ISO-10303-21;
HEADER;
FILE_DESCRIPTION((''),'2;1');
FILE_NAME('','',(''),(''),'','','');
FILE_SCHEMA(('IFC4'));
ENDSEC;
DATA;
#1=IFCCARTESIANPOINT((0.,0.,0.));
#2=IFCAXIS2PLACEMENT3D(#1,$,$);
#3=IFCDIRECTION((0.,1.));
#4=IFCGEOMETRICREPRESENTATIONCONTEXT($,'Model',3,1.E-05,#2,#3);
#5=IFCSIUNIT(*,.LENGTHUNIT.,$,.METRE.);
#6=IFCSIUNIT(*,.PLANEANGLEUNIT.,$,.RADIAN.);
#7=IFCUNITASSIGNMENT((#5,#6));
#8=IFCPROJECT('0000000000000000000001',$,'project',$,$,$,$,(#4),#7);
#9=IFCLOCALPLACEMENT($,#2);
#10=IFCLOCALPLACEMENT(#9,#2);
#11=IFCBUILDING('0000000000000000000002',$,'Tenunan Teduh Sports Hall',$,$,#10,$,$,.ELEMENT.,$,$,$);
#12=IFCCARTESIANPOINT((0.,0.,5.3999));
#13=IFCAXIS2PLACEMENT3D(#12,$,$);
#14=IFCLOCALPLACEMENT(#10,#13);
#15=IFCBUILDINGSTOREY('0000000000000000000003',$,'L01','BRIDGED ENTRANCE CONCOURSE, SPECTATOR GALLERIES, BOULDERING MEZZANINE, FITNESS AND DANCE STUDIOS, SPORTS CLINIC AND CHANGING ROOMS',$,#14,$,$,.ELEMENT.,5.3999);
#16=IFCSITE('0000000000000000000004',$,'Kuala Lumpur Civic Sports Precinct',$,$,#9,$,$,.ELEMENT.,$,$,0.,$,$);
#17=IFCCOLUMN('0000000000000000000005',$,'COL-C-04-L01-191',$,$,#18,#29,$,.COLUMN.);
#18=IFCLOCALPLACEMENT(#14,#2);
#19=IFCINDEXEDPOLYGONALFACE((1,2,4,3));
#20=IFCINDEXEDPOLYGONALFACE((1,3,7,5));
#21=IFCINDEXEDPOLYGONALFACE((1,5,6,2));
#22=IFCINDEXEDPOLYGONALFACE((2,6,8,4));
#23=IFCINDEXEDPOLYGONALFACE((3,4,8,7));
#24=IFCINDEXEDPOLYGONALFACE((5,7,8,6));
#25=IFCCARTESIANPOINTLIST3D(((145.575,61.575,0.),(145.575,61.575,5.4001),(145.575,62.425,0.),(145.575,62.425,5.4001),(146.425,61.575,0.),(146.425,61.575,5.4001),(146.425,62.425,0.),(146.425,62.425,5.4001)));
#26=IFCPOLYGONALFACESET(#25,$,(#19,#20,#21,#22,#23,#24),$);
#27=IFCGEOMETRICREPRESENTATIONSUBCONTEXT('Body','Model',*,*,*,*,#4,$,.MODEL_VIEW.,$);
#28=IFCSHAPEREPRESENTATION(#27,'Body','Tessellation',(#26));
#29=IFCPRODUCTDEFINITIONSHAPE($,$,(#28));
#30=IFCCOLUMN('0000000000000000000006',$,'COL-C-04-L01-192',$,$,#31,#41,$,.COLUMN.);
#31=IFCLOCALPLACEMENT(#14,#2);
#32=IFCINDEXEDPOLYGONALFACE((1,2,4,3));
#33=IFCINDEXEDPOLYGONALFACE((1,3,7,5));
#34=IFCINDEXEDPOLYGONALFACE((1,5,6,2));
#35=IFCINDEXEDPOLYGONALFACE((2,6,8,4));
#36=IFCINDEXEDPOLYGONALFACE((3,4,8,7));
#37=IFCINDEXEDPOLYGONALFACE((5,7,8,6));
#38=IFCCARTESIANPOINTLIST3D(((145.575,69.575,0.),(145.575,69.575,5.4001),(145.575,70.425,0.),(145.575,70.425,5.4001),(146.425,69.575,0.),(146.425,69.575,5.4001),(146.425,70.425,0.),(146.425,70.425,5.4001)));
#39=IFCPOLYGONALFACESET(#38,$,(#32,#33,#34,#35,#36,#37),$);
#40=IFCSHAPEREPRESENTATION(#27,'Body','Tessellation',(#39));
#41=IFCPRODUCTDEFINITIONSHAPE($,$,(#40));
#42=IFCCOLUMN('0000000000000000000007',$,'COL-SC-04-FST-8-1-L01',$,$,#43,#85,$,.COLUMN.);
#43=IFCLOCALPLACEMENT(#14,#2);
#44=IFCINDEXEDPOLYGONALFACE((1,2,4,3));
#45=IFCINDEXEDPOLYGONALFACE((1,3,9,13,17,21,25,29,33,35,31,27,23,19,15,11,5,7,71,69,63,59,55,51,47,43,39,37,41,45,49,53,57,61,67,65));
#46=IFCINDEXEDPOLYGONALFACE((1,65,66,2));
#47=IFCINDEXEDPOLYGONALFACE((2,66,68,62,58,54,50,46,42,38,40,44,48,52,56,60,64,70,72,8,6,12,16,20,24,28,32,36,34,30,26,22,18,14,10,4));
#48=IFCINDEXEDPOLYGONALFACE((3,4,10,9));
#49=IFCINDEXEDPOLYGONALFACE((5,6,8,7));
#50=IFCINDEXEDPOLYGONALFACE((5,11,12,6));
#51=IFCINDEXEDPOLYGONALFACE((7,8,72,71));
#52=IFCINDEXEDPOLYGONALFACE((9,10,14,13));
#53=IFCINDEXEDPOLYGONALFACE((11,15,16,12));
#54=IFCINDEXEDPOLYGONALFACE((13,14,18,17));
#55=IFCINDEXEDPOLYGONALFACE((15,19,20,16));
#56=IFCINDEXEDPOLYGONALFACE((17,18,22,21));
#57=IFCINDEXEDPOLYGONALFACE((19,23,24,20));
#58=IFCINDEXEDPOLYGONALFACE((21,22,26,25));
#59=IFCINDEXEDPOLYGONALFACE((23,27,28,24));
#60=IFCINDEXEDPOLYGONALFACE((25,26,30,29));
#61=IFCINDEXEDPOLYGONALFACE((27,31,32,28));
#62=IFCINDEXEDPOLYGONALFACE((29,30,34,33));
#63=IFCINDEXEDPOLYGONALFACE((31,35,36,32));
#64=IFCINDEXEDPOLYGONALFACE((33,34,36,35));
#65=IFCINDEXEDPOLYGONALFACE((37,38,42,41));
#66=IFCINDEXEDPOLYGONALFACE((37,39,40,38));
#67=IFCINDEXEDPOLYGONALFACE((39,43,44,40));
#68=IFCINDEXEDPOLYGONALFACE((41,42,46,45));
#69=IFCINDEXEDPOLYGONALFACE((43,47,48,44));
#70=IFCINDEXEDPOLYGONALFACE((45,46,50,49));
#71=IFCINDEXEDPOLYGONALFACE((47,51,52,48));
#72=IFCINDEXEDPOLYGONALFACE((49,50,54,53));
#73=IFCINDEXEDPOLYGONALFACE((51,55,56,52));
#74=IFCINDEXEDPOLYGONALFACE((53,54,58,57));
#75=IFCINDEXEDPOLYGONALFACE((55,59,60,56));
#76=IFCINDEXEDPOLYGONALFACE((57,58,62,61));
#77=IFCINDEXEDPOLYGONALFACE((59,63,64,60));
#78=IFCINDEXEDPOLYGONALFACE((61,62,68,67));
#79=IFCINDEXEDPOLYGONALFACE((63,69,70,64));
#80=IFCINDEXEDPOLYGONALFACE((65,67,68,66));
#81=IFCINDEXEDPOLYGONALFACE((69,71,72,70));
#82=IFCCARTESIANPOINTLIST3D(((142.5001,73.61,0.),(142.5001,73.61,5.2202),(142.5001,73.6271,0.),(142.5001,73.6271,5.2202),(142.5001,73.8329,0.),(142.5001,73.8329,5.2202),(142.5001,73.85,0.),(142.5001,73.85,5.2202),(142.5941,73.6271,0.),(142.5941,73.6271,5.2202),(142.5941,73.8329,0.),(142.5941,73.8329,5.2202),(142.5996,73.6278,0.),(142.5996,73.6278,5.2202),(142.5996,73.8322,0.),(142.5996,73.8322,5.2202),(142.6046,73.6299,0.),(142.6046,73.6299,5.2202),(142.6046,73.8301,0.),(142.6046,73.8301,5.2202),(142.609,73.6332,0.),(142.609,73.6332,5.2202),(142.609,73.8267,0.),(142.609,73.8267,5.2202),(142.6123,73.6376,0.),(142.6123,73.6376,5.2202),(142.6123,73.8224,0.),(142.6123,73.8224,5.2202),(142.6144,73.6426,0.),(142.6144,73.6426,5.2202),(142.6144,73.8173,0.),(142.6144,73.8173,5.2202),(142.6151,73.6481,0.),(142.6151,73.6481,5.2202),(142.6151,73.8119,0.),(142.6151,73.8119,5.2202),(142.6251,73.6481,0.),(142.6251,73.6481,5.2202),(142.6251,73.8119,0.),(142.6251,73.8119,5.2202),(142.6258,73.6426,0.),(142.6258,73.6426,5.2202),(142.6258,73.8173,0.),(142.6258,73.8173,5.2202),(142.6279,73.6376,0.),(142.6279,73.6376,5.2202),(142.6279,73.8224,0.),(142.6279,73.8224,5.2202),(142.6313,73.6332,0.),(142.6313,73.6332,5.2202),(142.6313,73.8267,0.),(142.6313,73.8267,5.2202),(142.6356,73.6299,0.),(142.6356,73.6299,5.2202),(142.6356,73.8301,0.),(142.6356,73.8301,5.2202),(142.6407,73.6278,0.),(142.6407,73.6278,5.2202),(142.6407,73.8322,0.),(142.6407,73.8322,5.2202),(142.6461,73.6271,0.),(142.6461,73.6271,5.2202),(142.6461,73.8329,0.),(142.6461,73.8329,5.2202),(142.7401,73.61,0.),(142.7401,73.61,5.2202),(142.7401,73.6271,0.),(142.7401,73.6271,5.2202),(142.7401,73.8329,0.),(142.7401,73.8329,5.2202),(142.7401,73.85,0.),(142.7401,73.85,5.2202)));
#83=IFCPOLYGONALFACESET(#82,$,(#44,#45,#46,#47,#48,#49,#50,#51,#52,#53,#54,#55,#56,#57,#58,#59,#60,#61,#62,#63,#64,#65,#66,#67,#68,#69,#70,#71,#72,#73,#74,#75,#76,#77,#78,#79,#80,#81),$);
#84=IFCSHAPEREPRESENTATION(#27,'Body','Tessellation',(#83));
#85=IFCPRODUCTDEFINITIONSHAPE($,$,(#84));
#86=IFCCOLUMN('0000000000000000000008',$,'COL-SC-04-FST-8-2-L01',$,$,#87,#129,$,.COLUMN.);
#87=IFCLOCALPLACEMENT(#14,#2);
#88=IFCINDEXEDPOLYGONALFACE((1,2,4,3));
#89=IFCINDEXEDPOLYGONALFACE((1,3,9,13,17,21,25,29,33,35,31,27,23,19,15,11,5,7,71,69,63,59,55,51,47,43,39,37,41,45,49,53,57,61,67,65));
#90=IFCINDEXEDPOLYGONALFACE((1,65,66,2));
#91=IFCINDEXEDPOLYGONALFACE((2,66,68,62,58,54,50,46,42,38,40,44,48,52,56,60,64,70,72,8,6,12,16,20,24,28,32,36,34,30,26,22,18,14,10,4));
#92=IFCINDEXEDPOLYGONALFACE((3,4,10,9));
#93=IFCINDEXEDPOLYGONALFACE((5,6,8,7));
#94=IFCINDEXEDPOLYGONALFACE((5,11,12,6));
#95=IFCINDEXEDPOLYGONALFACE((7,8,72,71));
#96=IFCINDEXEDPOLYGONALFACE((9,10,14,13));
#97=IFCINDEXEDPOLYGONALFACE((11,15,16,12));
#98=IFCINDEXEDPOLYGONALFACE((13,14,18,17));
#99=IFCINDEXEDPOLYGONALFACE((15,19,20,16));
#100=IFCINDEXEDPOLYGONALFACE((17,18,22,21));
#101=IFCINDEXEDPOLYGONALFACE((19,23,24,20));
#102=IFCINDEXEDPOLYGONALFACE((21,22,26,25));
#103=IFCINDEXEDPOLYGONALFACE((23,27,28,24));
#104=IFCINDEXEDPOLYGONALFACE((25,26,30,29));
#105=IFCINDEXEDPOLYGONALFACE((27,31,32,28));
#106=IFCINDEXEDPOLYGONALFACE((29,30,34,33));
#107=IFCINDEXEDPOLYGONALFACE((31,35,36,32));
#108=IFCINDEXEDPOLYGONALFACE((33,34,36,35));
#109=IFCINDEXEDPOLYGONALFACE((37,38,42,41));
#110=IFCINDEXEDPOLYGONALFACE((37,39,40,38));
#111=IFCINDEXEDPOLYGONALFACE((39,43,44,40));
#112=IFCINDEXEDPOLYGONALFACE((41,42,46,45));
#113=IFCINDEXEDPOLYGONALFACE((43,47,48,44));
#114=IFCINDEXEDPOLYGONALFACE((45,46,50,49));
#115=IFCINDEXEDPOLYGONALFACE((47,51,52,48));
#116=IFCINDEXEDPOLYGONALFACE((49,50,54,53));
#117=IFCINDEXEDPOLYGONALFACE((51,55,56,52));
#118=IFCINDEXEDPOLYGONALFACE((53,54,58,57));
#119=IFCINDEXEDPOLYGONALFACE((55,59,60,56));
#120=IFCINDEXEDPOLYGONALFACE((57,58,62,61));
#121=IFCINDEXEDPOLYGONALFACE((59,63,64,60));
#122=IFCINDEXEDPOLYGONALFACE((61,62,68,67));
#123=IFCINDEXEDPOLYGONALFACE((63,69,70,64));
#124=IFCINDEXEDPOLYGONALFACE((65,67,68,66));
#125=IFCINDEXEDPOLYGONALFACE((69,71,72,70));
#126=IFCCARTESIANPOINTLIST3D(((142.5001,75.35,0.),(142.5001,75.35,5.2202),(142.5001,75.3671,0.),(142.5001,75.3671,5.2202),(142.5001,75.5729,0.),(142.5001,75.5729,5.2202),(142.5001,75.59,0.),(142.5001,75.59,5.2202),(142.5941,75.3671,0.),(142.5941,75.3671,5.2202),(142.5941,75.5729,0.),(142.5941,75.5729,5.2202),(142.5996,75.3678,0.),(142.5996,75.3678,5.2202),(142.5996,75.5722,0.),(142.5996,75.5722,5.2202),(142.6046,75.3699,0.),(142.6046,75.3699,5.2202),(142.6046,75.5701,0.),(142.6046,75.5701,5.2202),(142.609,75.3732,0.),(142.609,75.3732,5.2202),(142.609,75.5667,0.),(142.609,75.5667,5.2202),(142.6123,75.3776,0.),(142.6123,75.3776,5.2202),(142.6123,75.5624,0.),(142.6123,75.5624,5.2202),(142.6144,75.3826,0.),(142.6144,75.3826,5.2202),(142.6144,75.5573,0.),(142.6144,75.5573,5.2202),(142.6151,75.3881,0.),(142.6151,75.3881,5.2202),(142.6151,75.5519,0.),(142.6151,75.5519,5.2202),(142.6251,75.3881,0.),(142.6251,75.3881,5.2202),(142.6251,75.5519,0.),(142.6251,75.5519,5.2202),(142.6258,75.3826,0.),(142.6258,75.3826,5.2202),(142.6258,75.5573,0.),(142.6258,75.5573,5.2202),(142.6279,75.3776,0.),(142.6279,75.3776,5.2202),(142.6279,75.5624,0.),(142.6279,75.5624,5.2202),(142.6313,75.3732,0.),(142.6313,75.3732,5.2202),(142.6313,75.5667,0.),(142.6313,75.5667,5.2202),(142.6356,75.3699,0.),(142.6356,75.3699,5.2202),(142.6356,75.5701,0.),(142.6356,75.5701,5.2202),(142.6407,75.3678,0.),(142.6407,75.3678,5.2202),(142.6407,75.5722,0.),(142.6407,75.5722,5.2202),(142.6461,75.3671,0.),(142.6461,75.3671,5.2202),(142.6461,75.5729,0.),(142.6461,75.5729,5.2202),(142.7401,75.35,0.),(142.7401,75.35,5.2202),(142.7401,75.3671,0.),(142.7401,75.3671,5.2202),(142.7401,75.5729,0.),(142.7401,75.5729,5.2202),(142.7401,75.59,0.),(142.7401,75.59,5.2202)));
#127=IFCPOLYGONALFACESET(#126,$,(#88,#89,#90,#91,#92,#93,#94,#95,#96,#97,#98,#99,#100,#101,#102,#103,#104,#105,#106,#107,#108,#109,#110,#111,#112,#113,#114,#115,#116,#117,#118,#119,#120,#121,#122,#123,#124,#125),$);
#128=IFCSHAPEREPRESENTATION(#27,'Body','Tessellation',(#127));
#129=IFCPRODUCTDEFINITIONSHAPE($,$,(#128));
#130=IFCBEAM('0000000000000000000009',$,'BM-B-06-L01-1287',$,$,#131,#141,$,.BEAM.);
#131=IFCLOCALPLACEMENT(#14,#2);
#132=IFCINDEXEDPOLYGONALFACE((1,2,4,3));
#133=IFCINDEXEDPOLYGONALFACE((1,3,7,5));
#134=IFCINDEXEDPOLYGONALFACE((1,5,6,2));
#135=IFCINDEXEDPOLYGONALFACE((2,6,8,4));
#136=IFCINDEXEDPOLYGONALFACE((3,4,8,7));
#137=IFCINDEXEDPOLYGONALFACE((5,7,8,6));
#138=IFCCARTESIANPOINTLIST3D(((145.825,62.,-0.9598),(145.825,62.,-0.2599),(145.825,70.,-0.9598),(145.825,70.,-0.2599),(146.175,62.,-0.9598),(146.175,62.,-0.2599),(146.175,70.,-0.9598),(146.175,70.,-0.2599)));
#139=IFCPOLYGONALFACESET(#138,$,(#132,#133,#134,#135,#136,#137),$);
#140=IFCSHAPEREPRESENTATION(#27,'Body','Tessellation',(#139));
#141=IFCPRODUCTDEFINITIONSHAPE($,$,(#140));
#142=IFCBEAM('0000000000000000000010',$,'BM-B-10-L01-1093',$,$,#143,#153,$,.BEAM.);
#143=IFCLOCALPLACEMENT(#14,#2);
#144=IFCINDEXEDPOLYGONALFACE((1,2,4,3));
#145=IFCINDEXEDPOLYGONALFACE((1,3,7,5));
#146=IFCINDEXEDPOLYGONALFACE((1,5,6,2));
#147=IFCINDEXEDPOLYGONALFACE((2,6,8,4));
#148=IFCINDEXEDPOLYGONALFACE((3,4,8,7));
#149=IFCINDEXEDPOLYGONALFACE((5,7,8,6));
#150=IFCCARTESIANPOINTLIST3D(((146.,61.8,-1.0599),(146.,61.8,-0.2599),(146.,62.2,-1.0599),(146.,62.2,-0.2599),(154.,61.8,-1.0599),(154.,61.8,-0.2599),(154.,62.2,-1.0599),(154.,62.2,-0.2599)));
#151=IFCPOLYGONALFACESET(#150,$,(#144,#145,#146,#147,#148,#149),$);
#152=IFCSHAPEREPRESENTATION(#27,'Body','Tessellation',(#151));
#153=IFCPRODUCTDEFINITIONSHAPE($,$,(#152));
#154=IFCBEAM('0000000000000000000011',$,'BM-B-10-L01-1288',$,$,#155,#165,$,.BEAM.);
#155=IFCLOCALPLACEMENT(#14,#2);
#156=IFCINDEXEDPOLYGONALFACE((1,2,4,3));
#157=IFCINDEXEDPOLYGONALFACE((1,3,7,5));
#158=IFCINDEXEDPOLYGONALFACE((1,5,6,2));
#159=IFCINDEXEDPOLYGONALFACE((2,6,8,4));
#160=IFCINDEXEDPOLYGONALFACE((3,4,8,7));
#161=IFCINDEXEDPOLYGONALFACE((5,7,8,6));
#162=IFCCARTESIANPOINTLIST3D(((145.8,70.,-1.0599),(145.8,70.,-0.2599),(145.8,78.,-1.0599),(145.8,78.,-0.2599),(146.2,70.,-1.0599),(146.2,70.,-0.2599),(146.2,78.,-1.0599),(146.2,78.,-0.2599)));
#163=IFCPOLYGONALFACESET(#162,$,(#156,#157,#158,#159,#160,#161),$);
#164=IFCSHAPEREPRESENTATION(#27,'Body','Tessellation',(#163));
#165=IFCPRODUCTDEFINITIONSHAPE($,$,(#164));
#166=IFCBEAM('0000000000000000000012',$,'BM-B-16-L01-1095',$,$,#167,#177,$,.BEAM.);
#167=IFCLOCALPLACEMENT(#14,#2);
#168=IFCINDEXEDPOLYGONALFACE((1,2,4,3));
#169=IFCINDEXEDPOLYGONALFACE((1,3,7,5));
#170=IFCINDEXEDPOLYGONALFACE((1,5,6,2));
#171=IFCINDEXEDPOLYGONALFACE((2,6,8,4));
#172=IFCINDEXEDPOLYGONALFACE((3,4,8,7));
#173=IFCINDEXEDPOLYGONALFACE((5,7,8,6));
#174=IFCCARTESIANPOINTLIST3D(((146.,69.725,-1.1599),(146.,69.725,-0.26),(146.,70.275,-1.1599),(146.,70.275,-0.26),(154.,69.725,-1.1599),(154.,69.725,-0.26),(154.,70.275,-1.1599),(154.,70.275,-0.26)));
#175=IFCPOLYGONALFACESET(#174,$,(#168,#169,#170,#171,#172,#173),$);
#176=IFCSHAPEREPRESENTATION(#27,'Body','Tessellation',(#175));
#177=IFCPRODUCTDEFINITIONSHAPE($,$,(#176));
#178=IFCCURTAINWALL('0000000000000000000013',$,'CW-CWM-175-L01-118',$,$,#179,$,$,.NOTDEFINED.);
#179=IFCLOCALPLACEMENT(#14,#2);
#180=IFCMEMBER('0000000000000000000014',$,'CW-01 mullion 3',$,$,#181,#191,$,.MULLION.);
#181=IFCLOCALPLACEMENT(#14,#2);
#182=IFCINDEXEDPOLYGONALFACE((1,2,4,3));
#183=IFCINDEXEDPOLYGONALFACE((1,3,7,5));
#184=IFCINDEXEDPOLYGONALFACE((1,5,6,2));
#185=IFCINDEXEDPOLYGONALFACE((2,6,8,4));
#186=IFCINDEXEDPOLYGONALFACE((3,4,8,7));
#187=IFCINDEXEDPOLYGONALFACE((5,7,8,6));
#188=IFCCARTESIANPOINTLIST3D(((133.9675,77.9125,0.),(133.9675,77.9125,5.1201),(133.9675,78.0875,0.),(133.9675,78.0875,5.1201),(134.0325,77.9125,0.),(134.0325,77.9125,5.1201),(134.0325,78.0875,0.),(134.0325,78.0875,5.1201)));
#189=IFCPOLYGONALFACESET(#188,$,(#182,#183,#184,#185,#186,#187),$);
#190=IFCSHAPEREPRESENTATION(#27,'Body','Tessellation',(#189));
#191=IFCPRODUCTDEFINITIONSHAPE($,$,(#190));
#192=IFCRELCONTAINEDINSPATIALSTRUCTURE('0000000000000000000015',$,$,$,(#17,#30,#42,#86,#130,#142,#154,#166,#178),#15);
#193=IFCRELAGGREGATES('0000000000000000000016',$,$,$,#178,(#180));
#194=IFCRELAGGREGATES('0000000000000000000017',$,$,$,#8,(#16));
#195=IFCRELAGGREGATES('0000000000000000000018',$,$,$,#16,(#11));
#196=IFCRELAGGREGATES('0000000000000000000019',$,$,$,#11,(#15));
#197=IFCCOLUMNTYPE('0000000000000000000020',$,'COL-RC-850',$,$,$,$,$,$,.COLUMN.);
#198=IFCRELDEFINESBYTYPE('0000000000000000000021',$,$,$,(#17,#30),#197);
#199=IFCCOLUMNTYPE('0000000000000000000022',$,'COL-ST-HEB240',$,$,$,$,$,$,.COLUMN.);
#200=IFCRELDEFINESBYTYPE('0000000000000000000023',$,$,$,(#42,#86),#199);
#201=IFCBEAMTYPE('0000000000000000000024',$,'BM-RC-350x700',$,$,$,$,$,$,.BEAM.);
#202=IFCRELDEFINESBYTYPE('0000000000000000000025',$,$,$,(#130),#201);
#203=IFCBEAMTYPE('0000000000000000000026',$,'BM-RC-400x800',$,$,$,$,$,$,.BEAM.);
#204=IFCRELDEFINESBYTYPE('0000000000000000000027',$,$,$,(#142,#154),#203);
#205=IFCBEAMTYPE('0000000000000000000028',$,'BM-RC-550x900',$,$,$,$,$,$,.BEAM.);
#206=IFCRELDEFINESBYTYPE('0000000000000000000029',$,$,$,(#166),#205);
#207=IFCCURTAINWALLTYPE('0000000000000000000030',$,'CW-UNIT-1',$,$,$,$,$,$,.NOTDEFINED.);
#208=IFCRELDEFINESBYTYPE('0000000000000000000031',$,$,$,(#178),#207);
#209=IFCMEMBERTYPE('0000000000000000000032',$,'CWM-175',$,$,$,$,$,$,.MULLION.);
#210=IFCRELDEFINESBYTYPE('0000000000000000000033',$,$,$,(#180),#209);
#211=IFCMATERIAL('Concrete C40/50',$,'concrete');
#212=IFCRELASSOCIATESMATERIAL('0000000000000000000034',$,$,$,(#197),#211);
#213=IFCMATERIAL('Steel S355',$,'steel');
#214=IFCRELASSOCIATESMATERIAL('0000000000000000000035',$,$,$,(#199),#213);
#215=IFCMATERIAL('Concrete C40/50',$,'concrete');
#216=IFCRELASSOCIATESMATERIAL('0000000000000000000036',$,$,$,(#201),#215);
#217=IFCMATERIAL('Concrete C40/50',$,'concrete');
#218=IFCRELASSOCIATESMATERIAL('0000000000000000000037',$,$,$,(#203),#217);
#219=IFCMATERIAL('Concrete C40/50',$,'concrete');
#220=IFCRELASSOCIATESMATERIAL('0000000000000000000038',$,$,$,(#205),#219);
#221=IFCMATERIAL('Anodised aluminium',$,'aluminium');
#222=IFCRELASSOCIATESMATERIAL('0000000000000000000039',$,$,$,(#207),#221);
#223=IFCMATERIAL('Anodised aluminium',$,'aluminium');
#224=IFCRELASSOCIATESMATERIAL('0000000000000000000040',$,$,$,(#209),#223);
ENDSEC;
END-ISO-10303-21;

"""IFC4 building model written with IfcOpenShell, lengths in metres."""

from ifc_helpers import new_model, si_unit, direction, frame, origin, origin_2d, place, context, subcontext, project, spatial, rectangle, i_section, extrude, material, material_profile, profile_set, type_object, element, aggregate, save


model = new_model("IFC4")

# Units and contexts
model_context = context("Model", 3, precision=1e-05, world=origin(), true_north=direction((0.0, 1.0)))
body_context = subcontext(model_context, "Body", "Model", "MODEL_VIEW")
ifc_project = project(units=[si_unit("LENGTHUNIT", "METRE"), si_unit("PLANEANGLEUNIT", "RADIAN")], contexts=[model_context])

# Site, building, storey
site_placement = place(None, origin())
site = spatial("IfcSite", under=ifc_project, at=site_placement, Name="Kuala Lumpur Civic Sports Precinct", CompositionType="ELEMENT", RefElevation=0.0)
building_placement = place(site_placement, origin())
building = spatial("IfcBuilding", under=site, at=building_placement, Name="Tenunan Teduh Sports Hall", CompositionType="ELEMENT")
storey_placement = place(building_placement, frame((0.0, 0.0, 5.3999)))
storey = spatial("IfcBuildingStorey", under=building, at=storey_placement, Name="L01", Description="BRIDGED ENTRANCE CONCOURSE, SPECTATOR GALLERIES, BOULDERING MEZZANINE, FITNESS AND DANCE STUDIOS, SPORTS CLINIC AND CHANGING ROOMS", CompositionType="ELEMENT", Elevation=5.3999)

# Columns
ifc_material_1 = material(Name="Concrete C40/50", Category="concrete")
ifc_material_profile_1 = material_profile(ifc_material_1, rectangle(XDim=0.8501, YDim=0.8501, at=origin_2d()), Name="RC 850x850")
ifc_profile_set_1 = profile_set([ifc_material_profile_1], Name="Concrete C40/50")
column_type_1 = type_object("IfcColumnType", Name="COL-RC-850", PredefinedType="COLUMN", material=ifc_profile_set_1)
for number, where, z_axis, x_axis, name in (
    (1, (146.0, 62.0, 0.0), (0.0, 0.0, 1.0), (1.0, 0.0, 0.0), "COL-C-04-L01-191"),
    (2, (146.0, 70.0, 0.0), (0.0, 0.0, 1.0), (1.0, 0.0, 0.0), "COL-C-04-L01-192"),
):
    element("IfcColumn", number, at=place(storey_placement, frame(where, z_axis=z_axis, x_axis=x_axis)), inside=storey, type_object=column_type_1, Name=name, PredefinedType="COLUMN", context=body_context, shape_type="SweptSolid", body=[
        extrude(rectangle(XDim=0.8501, YDim=0.8501, at=origin_2d()), origin(), (0.0, 0.0, 1.0), 5.4001),
    ])
ifc_material_2 = material(Name="Steel S355", Category="steel")
ifc_material_profile_2 = material_profile(ifc_material_2, i_section(OverallWidth=0.24, OverallDepth=0.24, WebThickness=0.01, FlangeThickness=0.0171, FilletRadius=0.021, at=origin_2d()), Name="HEB 240")
ifc_profile_set_2 = profile_set([ifc_material_profile_2], Name="Steel S355")
column_type_2 = type_object("IfcColumnType", Name="COL-ST-HEB240", PredefinedType="COLUMN", material=ifc_profile_set_2)
for number, where, z_axis, x_axis, name in (
    (3, (142.6201, 73.73, 0.0), (0.0, 0.0, 1.0), (1.0, 0.0, 0.0), "COL-SC-04-FST-8-1-L01"),
    (4, (142.6201, 75.47, 0.0), (0.0, 0.0, 1.0), (1.0, 0.0, 0.0), "COL-SC-04-FST-8-2-L01"),
):
    element("IfcColumn", number, at=place(storey_placement, frame(where, z_axis=z_axis, x_axis=x_axis)), inside=storey, type_object=column_type_2, Name=name, PredefinedType="COLUMN", context=body_context, shape_type="SweptSolid", body=[
        extrude(i_section(OverallWidth=0.24, OverallDepth=0.24, WebThickness=0.01, FlangeThickness=0.0171, FilletRadius=0.021, at=origin_2d()), origin(), (0.0, 0.0, 1.0), 5.2202),
    ])

# Beams
ifc_material_3 = material(Name="Concrete C40/50", Category="concrete")
ifc_material_profile_3 = material_profile(ifc_material_3, rectangle(XDim=0.3501, YDim=0.7, at=origin_2d()), Name="RCB 350x700")
ifc_profile_set_3 = profile_set([ifc_material_profile_3], Name="Concrete C40/50")
beam_type_1 = type_object("IfcBeamType", Name="BM-RC-350x700", PredefinedType="BEAM", material=ifc_profile_set_3)
beam_1_placement = place(storey_placement, frame((146.0, 62.0, -0.6099), z_axis=(0.0, 1.0, 0.0), x_axis=(-1.0, 0.0, 0.0)))
element("IfcBeam", 5, at=beam_1_placement, inside=storey, type_object=beam_type_1, Name="BM-B-06-L01-1287", PredefinedType="BEAM", context=body_context, shape_type="SweptSolid", body=[
    extrude(rectangle(XDim=0.3501, YDim=0.7, at=origin_2d()), origin(), (0.0, 0.0, 1.0), 8.0),
])
ifc_material_4 = material(Name="Concrete C40/50", Category="concrete")
ifc_material_profile_4 = material_profile(ifc_material_4, rectangle(XDim=0.3999, YDim=0.8, at=origin_2d()), Name="RCB 400x800")
ifc_profile_set_4 = profile_set([ifc_material_profile_4], Name="Concrete C40/50")
beam_type_2 = type_object("IfcBeamType", Name="BM-RC-400x800", PredefinedType="BEAM", material=ifc_profile_set_4)
for number, where, z_axis, x_axis, name in (
    (6, (146.0, 62.0, -0.6599), (1.0, 0.0, 0.0), (0.0, 1.0, 0.0), "BM-B-10-L01-1093"),
    (7, (146.0, 70.0, -0.6599), (0.0, 1.0, 0.0), (-1.0, 0.0, 0.0), "BM-B-10-L01-1288"),
):
    element("IfcBeam", number, at=place(storey_placement, frame(where, z_axis=z_axis, x_axis=x_axis)), inside=storey, type_object=beam_type_2, Name=name, PredefinedType="BEAM", context=body_context, shape_type="SweptSolid", body=[
        extrude(rectangle(XDim=0.3999, YDim=0.8, at=origin_2d()), origin(), (0.0, 0.0, 1.0), 8.0),
    ])
ifc_material_5 = material(Name="Concrete C40/50", Category="concrete")
ifc_material_profile_5 = material_profile(ifc_material_5, rectangle(XDim=0.55, YDim=0.8999, at=origin_2d()), Name="RCB 550x900")
ifc_profile_set_5 = profile_set([ifc_material_profile_5], Name="Concrete C40/50")
beam_type_3 = type_object("IfcBeamType", Name="BM-RC-550x900", PredefinedType="BEAM", material=ifc_profile_set_5)
beam_2_placement = place(storey_placement, frame((146.0, 70.0, -0.71), z_axis=(1.0, 0.0, 0.0), x_axis=(0.0, 1.0, 0.0)))
element("IfcBeam", 8, at=beam_2_placement, inside=storey, type_object=beam_type_3, Name="BM-B-16-L01-1095", PredefinedType="BEAM", context=body_context, shape_type="SweptSolid", body=[
    extrude(rectangle(XDim=0.55, YDim=0.8999, at=origin_2d()), origin(), (0.0, 0.0, 1.0), 8.0),
])

# Curtain wall, member
ifc_material_6 = material(Name="Anodised aluminium", Category="aluminium")
curtain_wall_type = type_object("IfcCurtainWallType", Name="CW-UNIT-1", PredefinedType="NOTDEFINED", material=ifc_material_6)
curtain_wall_placement = place(storey_placement, origin())
curtain_wall = element("IfcCurtainWall", 9, at=curtain_wall_placement, inside=storey, type_object=curtain_wall_type, Name="CW-CWM-175-L01-118", PredefinedType="NOTDEFINED")
ifc_material_7 = material(Name="Anodised aluminium", Category="aluminium")
ifc_material_profile_6 = material_profile(ifc_material_7, rectangle(XDim=0.0649, YDim=0.175, at=origin_2d()), Name="CWM 65x175")
ifc_profile_set_6 = profile_set([ifc_material_profile_6], Name="Anodised aluminium")
member_type_1 = type_object("IfcMemberType", Name="CWM-175", PredefinedType="MULLION", material=ifc_profile_set_6)
member_1_placement = place(storey_placement, frame((134.0, 78.0, 0.0), z_axis=(0.0, 0.0, 1.0), x_axis=(1.0, 0.0, 0.0)))
member_1 = element("IfcMember", 10, at=member_1_placement, type_object=member_type_1, Name="CW-01 mullion 3", PredefinedType="MULLION", context=body_context, shape_type="SweptSolid", body=[
    extrude(rectangle(XDim=0.0649, YDim=0.175, at=origin_2d()), origin(), (0.0, 0.0, 1.0), 5.1201),
])

aggregate(curtain_wall, [member_1])

save(model, "model.ifc")
